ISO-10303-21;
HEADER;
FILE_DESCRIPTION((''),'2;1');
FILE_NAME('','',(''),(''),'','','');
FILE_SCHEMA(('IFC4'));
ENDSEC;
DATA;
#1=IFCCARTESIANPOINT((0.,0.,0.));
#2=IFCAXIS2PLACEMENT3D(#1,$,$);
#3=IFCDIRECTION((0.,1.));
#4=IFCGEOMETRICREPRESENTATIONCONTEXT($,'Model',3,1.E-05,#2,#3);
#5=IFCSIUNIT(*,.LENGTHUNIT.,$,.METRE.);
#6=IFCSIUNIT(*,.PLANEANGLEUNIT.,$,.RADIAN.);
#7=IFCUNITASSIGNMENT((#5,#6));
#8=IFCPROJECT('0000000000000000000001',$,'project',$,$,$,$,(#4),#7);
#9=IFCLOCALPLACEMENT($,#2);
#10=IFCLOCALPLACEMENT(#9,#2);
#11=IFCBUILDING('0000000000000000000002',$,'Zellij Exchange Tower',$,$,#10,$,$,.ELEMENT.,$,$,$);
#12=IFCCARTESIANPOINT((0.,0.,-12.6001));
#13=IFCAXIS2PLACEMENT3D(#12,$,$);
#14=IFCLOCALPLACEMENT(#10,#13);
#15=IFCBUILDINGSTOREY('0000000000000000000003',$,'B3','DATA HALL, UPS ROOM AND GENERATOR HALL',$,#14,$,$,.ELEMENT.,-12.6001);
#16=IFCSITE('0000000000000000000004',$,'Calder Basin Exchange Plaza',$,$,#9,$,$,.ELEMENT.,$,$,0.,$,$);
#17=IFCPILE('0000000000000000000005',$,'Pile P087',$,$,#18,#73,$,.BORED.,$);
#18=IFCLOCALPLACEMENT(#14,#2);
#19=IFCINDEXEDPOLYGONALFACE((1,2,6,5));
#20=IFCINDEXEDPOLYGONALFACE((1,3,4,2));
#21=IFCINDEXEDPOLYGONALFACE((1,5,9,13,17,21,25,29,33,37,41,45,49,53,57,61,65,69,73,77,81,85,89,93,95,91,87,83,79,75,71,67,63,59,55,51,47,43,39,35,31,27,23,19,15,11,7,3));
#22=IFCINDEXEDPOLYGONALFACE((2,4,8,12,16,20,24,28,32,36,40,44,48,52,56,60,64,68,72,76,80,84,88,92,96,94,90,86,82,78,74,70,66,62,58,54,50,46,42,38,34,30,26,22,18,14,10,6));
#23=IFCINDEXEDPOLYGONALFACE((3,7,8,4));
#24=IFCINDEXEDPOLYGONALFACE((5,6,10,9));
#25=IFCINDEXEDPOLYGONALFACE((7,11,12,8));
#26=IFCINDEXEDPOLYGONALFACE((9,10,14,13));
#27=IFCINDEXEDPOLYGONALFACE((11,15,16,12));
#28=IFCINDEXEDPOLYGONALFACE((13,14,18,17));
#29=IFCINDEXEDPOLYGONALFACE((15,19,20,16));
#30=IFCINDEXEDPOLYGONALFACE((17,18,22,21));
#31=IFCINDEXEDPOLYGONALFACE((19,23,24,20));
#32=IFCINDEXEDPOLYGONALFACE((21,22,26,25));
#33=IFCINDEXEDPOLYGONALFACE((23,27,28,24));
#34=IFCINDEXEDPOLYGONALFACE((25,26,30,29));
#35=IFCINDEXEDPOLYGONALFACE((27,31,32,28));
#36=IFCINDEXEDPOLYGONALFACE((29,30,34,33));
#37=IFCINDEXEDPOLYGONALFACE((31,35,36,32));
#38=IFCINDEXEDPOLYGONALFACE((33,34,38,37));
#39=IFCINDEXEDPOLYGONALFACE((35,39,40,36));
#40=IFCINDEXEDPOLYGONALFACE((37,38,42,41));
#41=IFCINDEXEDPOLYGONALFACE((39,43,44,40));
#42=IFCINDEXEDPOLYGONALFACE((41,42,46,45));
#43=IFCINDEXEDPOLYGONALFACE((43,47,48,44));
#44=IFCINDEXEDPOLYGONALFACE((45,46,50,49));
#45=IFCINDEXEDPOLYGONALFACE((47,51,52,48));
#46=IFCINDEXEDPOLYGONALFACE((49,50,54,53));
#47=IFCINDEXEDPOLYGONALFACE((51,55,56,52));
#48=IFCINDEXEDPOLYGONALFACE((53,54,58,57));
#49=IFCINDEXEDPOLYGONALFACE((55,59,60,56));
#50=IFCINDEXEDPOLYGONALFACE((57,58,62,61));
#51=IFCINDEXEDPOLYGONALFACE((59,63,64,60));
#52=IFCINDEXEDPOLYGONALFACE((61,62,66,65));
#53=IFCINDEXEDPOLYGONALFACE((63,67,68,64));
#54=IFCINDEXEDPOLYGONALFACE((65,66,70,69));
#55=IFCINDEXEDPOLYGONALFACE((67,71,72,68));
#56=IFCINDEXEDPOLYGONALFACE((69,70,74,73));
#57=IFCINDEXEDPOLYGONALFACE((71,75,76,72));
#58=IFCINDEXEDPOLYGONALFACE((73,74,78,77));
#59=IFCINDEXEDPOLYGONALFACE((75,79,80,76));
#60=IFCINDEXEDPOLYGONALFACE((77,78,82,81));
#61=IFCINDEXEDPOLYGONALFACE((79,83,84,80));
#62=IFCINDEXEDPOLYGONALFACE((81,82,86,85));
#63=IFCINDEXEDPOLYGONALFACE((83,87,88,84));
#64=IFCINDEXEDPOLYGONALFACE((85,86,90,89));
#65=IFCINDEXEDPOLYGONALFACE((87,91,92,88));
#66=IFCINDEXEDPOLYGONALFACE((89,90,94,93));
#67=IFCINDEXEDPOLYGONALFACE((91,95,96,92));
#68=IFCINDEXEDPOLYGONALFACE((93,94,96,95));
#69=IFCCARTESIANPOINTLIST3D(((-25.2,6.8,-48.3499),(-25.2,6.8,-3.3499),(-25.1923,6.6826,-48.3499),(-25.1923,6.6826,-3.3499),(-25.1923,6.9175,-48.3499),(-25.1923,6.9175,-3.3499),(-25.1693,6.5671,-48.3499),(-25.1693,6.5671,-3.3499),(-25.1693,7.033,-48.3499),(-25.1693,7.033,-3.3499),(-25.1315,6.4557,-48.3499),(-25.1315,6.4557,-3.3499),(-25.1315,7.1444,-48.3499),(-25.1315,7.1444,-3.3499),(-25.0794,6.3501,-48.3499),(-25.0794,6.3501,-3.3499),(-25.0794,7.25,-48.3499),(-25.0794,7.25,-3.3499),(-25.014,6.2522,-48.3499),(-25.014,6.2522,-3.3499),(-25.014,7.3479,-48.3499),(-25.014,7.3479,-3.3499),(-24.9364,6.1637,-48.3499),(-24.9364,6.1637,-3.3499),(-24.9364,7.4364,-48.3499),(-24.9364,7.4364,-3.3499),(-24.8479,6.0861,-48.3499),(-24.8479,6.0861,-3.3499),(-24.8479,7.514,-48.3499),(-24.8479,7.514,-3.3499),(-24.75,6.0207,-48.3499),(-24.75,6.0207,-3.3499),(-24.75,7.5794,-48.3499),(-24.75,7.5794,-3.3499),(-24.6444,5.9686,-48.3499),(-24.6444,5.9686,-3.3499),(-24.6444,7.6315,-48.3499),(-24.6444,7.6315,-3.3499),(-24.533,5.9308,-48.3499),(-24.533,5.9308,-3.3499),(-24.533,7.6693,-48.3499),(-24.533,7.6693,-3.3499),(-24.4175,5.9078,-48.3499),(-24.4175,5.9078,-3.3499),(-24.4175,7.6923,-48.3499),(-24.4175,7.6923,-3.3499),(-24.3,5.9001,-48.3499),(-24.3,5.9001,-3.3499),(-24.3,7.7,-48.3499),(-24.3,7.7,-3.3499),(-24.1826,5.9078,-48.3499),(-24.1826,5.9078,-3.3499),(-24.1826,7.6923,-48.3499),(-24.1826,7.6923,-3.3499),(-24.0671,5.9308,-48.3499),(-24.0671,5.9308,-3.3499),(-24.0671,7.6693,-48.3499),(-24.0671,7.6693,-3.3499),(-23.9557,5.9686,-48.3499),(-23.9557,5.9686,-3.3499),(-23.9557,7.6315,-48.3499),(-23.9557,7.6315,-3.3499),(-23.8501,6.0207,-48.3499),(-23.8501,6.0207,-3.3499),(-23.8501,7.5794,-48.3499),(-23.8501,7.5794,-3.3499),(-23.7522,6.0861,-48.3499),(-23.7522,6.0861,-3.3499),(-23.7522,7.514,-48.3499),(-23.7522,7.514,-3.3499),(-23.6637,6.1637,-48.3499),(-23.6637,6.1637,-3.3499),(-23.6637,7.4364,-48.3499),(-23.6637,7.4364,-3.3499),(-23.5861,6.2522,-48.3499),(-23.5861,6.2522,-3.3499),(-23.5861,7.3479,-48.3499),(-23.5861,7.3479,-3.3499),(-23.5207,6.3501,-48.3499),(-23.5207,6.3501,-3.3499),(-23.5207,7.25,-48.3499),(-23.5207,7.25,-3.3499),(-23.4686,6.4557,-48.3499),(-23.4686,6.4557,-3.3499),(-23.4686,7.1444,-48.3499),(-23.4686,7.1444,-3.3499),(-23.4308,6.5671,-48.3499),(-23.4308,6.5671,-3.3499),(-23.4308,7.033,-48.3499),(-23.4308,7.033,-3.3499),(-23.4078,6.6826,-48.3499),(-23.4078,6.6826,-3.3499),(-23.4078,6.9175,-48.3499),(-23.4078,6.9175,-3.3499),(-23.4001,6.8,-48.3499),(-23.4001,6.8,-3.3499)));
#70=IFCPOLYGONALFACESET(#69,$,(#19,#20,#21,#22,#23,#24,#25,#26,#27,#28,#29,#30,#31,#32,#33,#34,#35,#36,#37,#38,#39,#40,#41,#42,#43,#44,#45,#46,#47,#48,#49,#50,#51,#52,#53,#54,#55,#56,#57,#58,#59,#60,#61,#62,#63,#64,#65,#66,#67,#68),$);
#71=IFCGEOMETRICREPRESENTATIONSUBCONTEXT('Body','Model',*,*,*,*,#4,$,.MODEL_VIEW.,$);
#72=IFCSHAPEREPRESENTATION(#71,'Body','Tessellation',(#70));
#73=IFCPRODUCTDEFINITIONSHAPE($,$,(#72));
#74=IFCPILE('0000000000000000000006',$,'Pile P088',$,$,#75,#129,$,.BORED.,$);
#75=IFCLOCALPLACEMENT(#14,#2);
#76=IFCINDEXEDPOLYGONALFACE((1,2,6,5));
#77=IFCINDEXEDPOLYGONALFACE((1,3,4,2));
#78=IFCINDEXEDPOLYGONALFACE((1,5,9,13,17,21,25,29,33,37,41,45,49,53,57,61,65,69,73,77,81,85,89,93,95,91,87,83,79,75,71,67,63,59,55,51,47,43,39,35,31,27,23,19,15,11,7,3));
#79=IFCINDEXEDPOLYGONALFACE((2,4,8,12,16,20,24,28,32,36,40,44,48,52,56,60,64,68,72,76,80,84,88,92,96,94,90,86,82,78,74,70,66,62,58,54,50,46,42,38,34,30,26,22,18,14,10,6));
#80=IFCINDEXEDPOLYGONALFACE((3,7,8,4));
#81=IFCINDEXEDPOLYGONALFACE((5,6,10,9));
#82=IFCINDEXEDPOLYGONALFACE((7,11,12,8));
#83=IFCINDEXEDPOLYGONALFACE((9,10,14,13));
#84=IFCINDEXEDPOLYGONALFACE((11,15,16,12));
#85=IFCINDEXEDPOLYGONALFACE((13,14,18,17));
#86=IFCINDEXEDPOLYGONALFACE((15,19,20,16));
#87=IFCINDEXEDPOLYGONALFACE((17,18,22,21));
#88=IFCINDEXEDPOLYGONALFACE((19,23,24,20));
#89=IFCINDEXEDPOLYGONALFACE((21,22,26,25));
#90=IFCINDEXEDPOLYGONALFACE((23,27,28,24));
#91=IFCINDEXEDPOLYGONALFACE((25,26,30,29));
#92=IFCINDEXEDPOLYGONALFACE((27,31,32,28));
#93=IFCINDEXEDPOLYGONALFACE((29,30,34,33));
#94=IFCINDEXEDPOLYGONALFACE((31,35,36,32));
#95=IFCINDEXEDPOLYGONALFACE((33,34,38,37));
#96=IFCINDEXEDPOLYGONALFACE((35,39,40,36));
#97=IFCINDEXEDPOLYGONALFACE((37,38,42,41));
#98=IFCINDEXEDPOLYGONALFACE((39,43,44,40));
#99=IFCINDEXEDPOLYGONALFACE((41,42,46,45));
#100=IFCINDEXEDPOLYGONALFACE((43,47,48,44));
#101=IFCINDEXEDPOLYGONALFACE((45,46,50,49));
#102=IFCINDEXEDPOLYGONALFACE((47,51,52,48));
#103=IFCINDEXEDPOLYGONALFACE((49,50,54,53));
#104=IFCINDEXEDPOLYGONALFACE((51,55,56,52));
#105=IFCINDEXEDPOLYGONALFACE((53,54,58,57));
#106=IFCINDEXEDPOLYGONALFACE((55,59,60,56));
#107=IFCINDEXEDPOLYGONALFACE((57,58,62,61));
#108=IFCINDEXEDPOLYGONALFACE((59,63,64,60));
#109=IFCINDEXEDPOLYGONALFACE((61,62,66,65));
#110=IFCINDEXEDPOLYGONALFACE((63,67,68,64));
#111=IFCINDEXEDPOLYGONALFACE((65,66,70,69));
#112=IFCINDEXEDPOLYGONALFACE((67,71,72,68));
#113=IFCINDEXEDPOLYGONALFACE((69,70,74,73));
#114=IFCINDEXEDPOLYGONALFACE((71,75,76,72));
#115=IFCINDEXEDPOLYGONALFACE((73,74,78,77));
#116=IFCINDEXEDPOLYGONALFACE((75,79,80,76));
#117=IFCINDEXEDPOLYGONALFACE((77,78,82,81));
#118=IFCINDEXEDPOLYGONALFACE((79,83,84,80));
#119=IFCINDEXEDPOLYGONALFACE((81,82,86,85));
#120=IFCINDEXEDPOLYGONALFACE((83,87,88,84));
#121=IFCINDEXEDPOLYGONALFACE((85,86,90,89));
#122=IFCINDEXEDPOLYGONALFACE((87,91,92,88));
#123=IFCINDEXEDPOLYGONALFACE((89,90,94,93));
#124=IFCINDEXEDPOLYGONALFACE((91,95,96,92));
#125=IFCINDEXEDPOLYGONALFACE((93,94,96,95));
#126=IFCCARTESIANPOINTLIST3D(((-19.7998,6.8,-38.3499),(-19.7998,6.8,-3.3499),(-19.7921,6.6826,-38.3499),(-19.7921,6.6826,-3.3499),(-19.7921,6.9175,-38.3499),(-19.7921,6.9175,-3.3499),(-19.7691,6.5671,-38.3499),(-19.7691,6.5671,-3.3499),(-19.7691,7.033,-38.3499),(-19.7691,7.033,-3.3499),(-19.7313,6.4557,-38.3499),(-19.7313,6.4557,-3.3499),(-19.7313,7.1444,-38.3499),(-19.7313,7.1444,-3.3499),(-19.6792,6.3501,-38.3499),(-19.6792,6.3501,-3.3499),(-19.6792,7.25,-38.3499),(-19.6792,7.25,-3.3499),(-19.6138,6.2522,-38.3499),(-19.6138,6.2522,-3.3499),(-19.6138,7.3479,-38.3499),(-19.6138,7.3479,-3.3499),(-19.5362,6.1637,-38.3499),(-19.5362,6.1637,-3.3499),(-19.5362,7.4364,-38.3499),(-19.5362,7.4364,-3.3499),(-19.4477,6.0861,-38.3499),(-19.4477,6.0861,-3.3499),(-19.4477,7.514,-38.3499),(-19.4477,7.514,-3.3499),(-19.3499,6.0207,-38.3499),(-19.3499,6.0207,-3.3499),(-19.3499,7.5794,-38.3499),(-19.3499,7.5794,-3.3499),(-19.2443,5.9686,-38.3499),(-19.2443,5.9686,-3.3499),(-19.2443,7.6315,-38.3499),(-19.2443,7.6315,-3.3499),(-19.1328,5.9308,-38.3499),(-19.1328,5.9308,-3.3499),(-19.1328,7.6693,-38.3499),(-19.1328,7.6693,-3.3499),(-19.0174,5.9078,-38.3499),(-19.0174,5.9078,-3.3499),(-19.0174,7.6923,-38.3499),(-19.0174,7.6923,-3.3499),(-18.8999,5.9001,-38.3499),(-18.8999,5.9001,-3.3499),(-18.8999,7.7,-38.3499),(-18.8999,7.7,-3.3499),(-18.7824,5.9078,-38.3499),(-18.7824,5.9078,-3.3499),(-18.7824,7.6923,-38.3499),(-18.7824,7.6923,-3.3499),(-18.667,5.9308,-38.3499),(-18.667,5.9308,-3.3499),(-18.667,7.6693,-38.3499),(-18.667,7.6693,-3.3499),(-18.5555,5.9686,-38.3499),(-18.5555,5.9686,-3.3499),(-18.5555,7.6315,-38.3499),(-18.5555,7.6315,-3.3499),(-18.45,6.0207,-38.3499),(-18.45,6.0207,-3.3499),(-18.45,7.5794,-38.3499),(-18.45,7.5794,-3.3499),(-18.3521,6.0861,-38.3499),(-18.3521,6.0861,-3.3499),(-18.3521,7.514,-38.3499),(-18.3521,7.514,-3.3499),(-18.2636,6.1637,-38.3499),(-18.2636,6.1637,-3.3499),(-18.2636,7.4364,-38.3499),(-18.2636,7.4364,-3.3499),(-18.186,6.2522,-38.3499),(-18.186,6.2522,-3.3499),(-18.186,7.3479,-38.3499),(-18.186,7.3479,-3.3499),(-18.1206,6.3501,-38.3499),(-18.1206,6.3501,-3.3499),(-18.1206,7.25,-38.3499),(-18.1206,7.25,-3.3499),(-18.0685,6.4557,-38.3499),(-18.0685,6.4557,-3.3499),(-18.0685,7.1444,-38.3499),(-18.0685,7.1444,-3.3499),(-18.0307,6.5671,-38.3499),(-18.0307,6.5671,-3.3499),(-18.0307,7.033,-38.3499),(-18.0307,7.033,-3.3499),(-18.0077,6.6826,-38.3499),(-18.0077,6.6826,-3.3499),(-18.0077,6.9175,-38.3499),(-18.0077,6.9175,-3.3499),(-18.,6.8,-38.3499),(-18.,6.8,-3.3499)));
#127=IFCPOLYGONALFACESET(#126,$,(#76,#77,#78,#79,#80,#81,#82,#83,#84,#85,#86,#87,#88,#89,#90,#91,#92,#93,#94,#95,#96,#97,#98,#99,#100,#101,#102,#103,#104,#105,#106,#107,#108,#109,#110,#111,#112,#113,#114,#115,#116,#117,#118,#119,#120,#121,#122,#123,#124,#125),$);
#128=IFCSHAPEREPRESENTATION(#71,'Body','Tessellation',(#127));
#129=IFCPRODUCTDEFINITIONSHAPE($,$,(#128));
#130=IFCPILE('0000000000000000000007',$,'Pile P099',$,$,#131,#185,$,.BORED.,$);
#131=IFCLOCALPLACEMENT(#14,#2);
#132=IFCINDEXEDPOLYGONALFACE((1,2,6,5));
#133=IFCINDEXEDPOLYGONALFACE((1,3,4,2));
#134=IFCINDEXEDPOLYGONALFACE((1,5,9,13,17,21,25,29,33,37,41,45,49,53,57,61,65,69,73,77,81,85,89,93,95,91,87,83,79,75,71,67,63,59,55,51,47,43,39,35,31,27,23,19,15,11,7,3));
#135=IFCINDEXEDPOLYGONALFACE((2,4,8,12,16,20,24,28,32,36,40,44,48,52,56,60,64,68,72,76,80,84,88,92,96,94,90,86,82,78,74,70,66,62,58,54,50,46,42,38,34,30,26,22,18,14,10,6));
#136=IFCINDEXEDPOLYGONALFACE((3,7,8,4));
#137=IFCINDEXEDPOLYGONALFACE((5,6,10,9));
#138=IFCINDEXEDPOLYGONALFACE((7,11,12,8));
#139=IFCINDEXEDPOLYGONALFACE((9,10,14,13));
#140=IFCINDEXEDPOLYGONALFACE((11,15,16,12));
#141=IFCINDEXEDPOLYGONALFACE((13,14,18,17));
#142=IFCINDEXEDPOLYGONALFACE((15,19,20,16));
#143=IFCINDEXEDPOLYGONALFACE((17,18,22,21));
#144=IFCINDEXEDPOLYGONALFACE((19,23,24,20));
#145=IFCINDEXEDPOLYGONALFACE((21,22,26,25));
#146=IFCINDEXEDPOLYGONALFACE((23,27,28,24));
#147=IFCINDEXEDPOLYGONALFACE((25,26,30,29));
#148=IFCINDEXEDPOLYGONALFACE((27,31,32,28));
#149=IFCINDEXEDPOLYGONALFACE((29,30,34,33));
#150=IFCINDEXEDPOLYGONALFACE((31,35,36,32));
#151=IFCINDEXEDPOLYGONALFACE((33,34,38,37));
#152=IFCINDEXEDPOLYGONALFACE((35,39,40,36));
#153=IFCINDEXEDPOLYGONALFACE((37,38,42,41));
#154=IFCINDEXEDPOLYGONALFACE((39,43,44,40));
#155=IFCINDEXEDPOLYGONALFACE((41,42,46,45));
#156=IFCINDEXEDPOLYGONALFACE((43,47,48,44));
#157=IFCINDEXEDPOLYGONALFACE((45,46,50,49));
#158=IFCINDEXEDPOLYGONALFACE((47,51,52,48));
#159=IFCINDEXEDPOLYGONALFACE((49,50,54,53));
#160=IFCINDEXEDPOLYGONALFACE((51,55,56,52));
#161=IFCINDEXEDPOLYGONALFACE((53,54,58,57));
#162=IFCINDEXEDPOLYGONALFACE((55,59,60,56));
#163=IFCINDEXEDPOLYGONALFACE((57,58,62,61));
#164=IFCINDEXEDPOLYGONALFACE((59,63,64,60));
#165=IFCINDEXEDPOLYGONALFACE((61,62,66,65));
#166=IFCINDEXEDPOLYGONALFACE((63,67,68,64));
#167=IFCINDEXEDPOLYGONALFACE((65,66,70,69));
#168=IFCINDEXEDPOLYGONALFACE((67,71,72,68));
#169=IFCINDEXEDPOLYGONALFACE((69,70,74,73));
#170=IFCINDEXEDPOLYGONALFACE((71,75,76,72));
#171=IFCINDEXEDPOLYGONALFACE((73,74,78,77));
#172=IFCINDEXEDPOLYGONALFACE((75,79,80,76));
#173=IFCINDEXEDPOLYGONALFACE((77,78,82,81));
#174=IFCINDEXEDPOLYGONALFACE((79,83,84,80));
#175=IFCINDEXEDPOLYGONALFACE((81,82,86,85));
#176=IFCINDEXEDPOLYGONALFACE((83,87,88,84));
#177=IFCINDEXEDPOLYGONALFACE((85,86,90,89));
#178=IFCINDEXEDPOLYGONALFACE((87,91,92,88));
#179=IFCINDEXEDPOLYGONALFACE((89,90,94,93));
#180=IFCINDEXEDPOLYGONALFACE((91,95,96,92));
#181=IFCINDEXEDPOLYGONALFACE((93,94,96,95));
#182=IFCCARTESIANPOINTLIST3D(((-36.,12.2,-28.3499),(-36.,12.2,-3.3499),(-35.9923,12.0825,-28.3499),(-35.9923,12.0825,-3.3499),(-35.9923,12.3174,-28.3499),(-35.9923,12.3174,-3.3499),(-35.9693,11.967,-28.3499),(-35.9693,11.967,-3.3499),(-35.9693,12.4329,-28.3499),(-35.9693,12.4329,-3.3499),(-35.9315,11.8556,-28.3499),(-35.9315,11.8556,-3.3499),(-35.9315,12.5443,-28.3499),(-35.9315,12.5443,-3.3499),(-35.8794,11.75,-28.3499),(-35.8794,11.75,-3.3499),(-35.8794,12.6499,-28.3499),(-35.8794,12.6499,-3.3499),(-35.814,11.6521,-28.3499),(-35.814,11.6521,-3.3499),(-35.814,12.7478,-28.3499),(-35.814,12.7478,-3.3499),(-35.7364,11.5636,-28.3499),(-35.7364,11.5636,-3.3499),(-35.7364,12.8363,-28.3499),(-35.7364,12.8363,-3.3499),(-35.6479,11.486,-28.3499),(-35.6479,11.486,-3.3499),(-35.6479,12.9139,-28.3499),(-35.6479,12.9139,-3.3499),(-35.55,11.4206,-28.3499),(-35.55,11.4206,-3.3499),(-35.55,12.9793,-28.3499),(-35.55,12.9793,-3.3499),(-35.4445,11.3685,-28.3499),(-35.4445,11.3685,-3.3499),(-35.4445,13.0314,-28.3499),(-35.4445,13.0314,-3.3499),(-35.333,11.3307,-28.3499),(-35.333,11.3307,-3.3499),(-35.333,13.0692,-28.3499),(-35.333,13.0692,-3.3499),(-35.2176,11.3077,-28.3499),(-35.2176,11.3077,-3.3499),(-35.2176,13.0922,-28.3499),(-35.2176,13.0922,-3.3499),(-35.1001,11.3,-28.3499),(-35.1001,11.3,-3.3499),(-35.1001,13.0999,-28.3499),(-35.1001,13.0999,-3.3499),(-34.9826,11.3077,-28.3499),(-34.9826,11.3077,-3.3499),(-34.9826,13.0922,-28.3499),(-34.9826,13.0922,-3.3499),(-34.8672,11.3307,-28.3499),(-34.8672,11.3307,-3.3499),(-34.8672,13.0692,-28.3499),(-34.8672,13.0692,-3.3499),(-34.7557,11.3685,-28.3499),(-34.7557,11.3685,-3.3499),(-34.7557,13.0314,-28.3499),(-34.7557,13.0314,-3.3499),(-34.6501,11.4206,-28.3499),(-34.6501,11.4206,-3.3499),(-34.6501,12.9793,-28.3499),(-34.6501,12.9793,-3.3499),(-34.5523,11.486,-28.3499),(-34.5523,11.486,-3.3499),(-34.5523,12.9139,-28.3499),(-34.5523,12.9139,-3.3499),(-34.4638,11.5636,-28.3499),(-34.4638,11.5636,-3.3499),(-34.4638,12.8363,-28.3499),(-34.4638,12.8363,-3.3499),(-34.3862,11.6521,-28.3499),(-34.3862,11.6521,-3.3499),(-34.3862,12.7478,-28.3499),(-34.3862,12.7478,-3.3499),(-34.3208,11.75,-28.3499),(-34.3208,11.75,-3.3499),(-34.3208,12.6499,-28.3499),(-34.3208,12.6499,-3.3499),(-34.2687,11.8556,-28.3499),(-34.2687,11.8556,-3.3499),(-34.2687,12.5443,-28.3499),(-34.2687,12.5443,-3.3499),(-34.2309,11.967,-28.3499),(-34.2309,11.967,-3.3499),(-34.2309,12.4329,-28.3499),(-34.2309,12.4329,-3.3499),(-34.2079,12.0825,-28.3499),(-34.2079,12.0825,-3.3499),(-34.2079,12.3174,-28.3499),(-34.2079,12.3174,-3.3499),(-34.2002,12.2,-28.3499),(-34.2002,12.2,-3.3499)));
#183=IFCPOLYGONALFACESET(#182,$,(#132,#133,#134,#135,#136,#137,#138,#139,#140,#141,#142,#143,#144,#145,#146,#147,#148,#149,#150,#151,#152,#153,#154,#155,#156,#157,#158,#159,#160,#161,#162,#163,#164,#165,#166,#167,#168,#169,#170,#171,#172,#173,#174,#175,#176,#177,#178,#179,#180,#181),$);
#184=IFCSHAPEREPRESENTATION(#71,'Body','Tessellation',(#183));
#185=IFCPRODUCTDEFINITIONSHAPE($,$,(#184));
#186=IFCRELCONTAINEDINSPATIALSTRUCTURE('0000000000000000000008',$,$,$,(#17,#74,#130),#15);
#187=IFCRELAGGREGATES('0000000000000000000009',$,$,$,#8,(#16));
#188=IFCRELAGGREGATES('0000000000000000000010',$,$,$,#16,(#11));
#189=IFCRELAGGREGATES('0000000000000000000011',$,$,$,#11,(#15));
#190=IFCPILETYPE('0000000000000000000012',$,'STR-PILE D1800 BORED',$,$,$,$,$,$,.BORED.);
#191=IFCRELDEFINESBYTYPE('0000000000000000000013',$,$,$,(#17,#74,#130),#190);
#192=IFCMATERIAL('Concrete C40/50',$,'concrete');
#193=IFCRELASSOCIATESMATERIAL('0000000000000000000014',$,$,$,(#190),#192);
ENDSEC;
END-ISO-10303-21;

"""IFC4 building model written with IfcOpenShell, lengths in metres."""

from ifc_helpers import new_model, si_unit, direction, frame, origin, origin_2d, place, context, subcontext, project, spatial, circle, extrude, material, material_profile, profile_set, type_object, element, save


model = new_model("IFC4")

# Units and contexts
model_context = context("Model", 3, precision=1e-05, world=origin(), true_north=direction((0.0, 1.0)))
body_context = subcontext(model_context, "Body", "Model", "MODEL_VIEW")
ifc_project = project(units=[si_unit("LENGTHUNIT", "METRE"), si_unit("PLANEANGLEUNIT", "RADIAN")], contexts=[model_context])

# Site, building, storey
site_placement = place(None, origin())
site = spatial("IfcSite", under=ifc_project, at=site_placement, Name="Calder Basin Exchange Plaza", CompositionType="ELEMENT", RefElevation=0.0)
building_placement = place(site_placement, origin())
building = spatial("IfcBuilding", under=site, at=building_placement, Name="Zellij Exchange Tower", CompositionType="ELEMENT")
storey_placement = place(building_placement, frame((0.0, 0.0, -12.6001)))
storey = spatial("IfcBuildingStorey", under=building, at=storey_placement, Name="B3", Description="DATA HALL, UPS ROOM AND GENERATOR HALL", CompositionType="ELEMENT", Elevation=-12.6001)

# Piles
ifc_material_1 = material(Name="Concrete C40/50", Category="concrete")
ifc_material_profile_1 = material_profile(ifc_material_1, circle(Radius=0.8999, at=origin_2d()), Name="STR-PILE D1800 BORED")
ifc_profile_set_1 = profile_set([ifc_material_profile_1], Name="Concrete C40/50")
pile_type = type_object("IfcPileType", Name="STR-PILE D1800 BORED", PredefinedType="BORED", material=ifc_profile_set_1)
pile_1_placement = place(storey_placement, frame((-24.3, 6.8, -3.3499), z_axis=(0.0, 0.0, -1.0), x_axis=(1.0, 0.0, 0.0)))
element("IfcPile", 1, at=pile_1_placement, inside=storey, type_object=pile_type, Name="Pile P087", PredefinedType="BORED", context=body_context, shape_type="SweptSolid", body=[
    extrude(circle(Radius=0.8999, at=origin_2d()), origin(), (0.0, 0.0, 1.0), 45.0),
])
pile_2_placement = place(storey_placement, frame((-18.8999, 6.8, -3.3499), z_axis=(0.0, 0.0, -1.0), x_axis=(1.0, 0.0, 0.0)))
element("IfcPile", 2, at=pile_2_placement, inside=storey, type_object=pile_type, Name="Pile P088", PredefinedType="BORED", context=body_context, shape_type="SweptSolid", body=[
    extrude(circle(Radius=0.8999, at=origin_2d()), origin(), (0.0, 0.0, 1.0), 35.0),
])
pile_3_placement = place(storey_placement, frame((-35.1001, 12.2, -3.3499), z_axis=(0.0, 0.0, -1.0), x_axis=(1.0, 0.0, 0.0)))
element("IfcPile", 3, at=pile_3_placement, inside=storey, type_object=pile_type, Name="Pile P099", PredefinedType="BORED", context=body_context, shape_type="SweptSolid", body=[
    extrude(circle(Radius=0.8999, at=origin_2d()), origin(), (0.0, 0.0, 1.0), 25.0),
])

save(model, "model.ifc")
